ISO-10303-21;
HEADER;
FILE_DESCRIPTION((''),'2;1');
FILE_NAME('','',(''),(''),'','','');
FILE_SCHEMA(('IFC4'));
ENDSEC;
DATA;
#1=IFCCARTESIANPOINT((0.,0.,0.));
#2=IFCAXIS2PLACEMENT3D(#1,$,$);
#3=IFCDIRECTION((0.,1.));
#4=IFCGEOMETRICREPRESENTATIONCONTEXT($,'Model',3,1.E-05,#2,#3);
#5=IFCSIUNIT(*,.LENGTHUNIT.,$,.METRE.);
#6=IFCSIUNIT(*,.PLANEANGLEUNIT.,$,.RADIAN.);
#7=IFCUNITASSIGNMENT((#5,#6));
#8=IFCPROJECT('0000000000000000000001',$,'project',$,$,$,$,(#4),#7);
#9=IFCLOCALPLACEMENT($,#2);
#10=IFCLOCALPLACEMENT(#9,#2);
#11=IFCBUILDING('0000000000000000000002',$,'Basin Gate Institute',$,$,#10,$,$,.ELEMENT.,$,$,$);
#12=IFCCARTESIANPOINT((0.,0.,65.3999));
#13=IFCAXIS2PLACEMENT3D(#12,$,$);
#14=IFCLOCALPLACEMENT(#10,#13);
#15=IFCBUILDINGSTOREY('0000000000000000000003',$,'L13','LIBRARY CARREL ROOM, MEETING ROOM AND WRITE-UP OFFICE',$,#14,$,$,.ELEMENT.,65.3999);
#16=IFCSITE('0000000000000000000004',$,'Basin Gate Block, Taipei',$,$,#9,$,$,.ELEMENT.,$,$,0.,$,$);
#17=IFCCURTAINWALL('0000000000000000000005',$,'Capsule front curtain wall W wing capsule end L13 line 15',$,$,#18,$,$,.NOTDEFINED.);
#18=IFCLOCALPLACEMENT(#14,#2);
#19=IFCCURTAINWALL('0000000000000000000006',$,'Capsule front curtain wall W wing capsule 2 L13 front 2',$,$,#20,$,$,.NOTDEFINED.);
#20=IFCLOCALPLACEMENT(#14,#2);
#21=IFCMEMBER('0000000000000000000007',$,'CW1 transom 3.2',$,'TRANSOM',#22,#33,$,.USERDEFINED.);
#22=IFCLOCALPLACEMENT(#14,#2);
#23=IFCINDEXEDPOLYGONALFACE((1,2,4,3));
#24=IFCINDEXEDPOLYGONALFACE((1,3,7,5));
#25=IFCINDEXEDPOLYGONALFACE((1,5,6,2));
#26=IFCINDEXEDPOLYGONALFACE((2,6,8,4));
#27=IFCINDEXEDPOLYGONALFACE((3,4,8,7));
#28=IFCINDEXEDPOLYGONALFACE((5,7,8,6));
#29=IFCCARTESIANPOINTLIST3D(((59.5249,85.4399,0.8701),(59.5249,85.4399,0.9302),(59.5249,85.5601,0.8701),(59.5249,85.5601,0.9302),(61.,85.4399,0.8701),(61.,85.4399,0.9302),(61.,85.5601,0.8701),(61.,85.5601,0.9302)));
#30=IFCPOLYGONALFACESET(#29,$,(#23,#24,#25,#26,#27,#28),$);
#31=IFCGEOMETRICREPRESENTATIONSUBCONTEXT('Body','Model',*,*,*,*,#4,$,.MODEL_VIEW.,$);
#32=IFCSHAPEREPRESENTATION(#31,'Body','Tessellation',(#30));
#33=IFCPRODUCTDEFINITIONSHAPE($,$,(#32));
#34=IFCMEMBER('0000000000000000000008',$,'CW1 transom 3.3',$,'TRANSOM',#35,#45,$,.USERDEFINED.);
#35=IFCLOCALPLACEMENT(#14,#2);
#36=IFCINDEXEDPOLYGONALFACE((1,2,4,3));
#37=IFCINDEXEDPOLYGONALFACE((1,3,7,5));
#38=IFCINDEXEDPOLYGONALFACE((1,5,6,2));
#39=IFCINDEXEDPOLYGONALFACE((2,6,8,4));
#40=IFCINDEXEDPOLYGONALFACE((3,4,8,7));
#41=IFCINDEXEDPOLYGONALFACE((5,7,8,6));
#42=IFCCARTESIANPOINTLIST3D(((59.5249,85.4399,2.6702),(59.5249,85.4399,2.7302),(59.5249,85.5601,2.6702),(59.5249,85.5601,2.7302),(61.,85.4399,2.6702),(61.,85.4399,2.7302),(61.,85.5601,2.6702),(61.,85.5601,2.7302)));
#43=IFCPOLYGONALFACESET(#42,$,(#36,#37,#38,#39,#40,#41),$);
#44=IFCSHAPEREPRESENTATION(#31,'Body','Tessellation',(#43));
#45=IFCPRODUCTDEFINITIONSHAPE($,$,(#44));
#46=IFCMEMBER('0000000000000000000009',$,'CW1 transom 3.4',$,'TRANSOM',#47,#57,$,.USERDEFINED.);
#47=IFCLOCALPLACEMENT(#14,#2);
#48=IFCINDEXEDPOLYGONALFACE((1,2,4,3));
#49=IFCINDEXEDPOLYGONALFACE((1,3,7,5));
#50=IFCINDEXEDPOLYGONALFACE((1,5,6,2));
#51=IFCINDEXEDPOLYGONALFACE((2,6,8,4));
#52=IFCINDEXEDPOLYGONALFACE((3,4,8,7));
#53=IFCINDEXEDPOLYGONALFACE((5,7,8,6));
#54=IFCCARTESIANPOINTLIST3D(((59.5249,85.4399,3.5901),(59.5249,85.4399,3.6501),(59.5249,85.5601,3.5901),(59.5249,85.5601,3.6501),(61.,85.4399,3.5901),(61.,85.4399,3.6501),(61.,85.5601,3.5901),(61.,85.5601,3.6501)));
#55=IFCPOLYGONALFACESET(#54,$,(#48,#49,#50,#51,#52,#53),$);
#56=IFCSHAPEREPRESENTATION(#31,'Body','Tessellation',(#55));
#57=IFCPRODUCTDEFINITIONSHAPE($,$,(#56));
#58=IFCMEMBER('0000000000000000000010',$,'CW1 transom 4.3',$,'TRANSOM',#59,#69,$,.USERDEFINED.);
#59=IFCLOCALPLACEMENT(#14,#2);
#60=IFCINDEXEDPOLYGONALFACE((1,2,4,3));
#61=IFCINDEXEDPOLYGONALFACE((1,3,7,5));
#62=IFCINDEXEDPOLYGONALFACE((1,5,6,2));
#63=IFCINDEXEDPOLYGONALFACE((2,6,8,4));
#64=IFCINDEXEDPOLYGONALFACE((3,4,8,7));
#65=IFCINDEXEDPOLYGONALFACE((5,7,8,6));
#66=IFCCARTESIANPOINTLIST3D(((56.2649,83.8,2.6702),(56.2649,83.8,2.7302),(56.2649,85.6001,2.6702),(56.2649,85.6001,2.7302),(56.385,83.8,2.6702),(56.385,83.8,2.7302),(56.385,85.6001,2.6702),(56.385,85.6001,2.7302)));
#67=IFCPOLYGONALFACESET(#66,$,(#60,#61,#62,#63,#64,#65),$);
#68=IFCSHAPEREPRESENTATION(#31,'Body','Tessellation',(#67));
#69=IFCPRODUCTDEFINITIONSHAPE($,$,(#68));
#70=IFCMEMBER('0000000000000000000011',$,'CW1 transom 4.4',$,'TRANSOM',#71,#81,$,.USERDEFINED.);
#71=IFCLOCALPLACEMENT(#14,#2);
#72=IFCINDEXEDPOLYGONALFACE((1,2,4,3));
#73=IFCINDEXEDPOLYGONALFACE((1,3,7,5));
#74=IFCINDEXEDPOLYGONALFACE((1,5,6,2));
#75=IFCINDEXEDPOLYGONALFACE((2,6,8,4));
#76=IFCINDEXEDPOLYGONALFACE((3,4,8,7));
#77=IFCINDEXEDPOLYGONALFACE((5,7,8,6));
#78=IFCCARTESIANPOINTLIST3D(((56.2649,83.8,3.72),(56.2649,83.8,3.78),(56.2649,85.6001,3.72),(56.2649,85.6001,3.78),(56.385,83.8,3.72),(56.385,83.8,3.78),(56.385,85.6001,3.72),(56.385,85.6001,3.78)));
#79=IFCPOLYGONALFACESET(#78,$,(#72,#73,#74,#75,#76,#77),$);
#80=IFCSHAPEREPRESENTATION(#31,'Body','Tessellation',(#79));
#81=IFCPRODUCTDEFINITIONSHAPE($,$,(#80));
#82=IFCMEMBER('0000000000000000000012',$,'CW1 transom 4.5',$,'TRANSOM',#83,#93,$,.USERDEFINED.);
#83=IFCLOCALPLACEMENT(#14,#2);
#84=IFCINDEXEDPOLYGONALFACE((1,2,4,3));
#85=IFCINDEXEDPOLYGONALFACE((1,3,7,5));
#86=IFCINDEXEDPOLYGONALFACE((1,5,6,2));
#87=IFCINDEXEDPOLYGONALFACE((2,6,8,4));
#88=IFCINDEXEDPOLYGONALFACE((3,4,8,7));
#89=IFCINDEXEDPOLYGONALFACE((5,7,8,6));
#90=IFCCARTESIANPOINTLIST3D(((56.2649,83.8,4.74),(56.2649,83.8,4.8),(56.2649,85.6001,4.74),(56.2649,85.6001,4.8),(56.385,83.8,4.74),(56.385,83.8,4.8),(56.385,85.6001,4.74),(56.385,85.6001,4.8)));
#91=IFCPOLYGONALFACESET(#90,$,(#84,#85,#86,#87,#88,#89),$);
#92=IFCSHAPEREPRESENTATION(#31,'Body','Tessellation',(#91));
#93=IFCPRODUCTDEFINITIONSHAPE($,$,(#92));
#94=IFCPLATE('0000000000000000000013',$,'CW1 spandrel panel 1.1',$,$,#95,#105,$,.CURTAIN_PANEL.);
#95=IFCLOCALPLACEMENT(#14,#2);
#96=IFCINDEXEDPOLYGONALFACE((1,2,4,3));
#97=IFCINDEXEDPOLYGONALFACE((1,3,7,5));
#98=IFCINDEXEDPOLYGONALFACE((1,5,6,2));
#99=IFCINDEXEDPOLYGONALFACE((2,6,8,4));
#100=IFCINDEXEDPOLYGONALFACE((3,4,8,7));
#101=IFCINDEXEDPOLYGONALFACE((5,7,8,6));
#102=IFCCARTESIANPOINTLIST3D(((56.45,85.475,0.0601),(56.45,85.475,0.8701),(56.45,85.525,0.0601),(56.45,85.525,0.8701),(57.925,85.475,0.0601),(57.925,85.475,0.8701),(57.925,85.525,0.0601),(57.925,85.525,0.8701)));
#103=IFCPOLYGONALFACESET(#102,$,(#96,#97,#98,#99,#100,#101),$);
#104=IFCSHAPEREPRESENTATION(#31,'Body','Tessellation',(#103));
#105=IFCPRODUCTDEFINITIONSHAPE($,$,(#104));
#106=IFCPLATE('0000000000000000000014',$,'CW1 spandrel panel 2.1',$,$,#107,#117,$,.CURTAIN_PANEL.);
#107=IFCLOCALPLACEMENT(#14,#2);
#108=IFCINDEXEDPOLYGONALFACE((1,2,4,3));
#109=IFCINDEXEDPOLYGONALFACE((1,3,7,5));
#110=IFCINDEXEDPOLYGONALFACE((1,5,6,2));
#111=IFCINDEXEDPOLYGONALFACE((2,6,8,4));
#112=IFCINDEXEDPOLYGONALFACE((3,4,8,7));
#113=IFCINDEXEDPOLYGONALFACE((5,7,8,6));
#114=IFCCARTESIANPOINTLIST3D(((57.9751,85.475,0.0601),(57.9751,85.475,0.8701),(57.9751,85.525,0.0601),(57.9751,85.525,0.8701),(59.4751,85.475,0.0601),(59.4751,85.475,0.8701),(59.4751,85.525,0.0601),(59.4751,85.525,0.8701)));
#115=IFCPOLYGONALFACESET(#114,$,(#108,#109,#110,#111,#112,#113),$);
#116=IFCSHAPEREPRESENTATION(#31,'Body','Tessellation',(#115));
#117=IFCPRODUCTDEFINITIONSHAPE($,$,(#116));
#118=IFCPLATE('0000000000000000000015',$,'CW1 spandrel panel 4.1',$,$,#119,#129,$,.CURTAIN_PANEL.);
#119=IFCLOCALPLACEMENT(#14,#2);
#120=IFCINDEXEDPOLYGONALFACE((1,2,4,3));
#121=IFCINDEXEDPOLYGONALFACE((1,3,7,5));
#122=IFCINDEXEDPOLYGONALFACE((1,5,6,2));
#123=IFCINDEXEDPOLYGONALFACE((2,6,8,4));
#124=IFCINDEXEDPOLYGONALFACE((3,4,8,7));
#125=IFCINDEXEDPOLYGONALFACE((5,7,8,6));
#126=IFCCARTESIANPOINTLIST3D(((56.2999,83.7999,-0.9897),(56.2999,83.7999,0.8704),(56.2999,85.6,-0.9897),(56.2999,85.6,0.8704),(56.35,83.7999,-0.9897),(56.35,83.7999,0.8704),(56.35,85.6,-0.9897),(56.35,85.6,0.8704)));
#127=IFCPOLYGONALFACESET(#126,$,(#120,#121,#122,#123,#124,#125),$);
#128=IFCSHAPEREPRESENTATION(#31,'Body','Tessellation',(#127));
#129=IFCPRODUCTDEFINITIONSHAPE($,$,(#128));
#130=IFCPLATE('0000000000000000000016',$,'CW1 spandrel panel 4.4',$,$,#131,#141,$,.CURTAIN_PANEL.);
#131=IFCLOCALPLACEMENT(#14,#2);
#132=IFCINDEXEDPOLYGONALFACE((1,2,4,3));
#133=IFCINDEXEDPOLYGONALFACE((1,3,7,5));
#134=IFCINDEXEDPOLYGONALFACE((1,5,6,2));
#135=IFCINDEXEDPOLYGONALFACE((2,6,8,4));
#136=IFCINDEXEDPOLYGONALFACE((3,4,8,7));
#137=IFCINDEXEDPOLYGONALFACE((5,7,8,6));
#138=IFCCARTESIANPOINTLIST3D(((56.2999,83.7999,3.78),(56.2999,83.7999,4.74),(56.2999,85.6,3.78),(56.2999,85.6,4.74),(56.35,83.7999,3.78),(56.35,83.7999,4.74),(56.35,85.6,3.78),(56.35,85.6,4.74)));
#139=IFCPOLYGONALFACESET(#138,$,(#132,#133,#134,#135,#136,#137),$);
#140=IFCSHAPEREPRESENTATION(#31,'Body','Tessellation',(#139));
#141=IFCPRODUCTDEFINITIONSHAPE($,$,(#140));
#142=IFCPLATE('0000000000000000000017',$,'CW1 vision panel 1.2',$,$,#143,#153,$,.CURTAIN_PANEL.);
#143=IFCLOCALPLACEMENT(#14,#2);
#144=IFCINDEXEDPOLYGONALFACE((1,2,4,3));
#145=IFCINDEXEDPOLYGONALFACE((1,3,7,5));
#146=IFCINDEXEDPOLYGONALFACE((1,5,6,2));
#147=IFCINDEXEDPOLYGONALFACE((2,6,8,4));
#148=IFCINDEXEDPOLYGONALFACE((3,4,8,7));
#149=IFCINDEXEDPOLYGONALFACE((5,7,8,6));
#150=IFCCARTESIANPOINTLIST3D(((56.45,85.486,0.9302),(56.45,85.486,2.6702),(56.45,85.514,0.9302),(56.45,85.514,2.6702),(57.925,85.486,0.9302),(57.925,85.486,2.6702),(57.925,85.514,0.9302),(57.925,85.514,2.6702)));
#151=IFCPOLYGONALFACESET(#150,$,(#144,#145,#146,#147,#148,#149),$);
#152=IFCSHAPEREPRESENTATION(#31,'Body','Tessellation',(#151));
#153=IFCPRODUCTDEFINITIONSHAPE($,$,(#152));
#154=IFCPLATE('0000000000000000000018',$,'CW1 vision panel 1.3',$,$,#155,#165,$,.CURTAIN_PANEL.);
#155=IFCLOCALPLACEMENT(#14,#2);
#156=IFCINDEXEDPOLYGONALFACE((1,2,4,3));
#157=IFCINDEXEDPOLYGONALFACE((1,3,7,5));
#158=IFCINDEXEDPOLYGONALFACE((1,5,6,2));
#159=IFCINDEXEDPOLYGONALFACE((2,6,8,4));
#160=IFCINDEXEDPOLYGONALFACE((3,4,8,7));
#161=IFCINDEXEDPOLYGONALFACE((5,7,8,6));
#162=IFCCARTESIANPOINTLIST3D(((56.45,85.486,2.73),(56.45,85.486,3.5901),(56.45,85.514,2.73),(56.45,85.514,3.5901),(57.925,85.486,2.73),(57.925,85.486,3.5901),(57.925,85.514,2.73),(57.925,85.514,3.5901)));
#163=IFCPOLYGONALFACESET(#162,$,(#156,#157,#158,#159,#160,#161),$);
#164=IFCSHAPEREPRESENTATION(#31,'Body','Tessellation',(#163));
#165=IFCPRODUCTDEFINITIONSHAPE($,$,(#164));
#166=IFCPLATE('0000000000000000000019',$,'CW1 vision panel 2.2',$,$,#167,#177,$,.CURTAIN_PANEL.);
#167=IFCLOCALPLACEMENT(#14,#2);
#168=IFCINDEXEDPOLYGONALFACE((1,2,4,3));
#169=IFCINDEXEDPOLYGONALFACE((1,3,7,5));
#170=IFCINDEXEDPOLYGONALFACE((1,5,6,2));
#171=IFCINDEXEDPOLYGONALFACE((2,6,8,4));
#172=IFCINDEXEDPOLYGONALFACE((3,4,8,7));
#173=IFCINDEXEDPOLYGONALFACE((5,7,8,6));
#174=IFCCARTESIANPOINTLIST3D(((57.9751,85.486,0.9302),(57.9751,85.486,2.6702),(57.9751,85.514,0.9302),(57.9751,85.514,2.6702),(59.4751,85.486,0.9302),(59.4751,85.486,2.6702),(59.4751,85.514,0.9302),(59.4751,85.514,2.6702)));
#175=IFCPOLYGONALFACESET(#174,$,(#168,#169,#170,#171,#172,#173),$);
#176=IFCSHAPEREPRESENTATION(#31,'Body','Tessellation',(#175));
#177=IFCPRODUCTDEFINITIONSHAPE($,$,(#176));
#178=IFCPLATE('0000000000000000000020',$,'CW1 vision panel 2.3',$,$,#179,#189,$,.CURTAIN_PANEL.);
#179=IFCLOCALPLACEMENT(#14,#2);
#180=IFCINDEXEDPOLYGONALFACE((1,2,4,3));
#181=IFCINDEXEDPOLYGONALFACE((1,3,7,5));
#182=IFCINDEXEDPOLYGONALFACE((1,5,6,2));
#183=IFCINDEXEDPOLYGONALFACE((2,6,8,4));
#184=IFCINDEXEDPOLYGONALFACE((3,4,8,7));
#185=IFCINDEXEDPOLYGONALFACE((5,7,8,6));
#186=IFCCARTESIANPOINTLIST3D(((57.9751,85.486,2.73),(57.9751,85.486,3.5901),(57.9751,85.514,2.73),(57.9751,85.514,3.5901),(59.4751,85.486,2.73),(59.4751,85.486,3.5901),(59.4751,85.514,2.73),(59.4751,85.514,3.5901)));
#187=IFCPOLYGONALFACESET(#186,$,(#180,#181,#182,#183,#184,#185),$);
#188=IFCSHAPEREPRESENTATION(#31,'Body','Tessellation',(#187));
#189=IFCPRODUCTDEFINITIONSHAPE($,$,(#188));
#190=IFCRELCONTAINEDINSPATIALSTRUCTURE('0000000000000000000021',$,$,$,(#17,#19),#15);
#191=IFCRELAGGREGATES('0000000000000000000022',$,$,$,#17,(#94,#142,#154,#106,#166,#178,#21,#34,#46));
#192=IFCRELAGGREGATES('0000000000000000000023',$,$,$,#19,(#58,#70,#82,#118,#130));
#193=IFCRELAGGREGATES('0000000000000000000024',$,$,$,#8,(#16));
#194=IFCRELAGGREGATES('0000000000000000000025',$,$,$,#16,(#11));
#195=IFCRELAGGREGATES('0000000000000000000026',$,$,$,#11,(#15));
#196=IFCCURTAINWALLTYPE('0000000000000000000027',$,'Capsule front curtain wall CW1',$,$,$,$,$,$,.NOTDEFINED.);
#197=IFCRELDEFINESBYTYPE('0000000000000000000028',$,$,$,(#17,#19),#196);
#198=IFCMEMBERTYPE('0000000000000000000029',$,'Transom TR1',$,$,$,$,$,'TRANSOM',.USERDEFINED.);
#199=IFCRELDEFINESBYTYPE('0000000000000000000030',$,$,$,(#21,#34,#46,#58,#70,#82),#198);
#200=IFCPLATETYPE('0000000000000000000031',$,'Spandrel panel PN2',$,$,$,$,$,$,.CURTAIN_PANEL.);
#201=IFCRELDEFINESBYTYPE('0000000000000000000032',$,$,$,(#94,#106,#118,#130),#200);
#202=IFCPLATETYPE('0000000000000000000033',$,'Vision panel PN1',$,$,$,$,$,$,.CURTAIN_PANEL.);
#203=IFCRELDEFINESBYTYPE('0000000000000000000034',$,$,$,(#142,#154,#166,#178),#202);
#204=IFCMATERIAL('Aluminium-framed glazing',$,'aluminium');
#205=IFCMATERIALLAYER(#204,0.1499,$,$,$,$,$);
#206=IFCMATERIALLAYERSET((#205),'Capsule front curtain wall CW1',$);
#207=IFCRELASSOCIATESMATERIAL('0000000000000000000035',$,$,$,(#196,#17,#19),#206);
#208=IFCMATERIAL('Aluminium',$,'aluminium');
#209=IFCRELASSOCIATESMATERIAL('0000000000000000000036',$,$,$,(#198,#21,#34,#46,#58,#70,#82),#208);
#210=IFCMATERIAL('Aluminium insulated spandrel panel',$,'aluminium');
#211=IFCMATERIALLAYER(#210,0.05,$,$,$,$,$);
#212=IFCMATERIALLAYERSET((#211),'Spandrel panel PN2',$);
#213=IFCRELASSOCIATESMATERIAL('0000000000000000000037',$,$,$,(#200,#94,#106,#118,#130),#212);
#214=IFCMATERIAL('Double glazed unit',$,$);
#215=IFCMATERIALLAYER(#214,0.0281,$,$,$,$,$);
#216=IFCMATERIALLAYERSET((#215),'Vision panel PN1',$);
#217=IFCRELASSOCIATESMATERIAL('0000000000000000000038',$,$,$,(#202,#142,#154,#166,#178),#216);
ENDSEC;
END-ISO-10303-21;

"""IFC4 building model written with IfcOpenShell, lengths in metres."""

from ifc_helpers import new_model, si_unit, direction, frame, origin, origin_2d, place, context, subcontext, project, spatial, rectangle, extrude, material, layer, layer_set, material_profile, profile_set, type_object, element, aggregate, save


model = new_model("IFC4")

# Units and contexts
model_context = context("Model", 3, precision=1e-05, world=origin(), true_north=direction((0.0, 1.0)))
body_context = subcontext(model_context, "Body", "Model", "MODEL_VIEW")
ifc_project = project(units=[si_unit("LENGTHUNIT", "METRE"), si_unit("PLANEANGLEUNIT", "RADIAN")], contexts=[model_context])

# Site, building, storey
site_placement = place(None, origin())
site = spatial("IfcSite", under=ifc_project, at=site_placement, Name="Basin Gate Block, Taipei", CompositionType="ELEMENT", RefElevation=0.0)
building_placement = place(site_placement, origin())
building = spatial("IfcBuilding", under=site, at=building_placement, Name="Basin Gate Institute", CompositionType="ELEMENT")
storey_placement = place(building_placement, frame((0.0, 0.0, 65.3999)))
storey = spatial("IfcBuildingStorey", under=building, at=storey_placement, Name="L13", Description="LIBRARY CARREL ROOM, MEETING ROOM AND WRITE-UP OFFICE", CompositionType="ELEMENT", Elevation=65.3999)

# Curtain wall
ifc_material_1 = material(Name="Aluminium-framed glazing", Category="aluminium")
ifc_layer_1 = layer(ifc_material_1, 0.1499)
ifc_layer_set_1 = layer_set([ifc_layer_1], Name="Capsule front curtain wall CW1")
curtain_wall_type = type_object("IfcCurtainWallType", Name="Capsule front curtain wall CW1", PredefinedType="NOTDEFINED", material=ifc_layer_set_1)
curtain_wall_1_placement = place(storey_placement, origin())
curtain_wall_1 = element("IfcCurtainWall", 1, at=curtain_wall_1_placement, inside=storey, type_object=curtain_wall_type, material=ifc_layer_set_1, Name="Capsule front curtain wall W wing capsule end L13 line 15", PredefinedType="NOTDEFINED")

# Curtain wall
curtain_wall_2_placement = place(storey_placement, origin())
curtain_wall_2 = element("IfcCurtainWall", 2, at=curtain_wall_2_placement, inside=storey, type_object=curtain_wall_type, material=ifc_layer_set_1, Name="Capsule front curtain wall W wing capsule 2 L13 front 2", PredefinedType="NOTDEFINED")

# Members
ifc_material_2 = material(Name="Aluminium", Category="aluminium")
ifc_material_profile_1 = material_profile(ifc_material_2, rectangle(XDim=0.1201, YDim=0.0601, at=origin_2d()), Name="Transom TR1 120 x 60")
ifc_profile_set_1 = profile_set([ifc_material_profile_1], Name="Aluminium")
member_type_1 = type_object("IfcMemberType", Name="Transom TR1", ElementType="TRANSOM", PredefinedType="USERDEFINED", material=ifc_profile_set_1)
member_1_placement = place(storey_placement, frame((59.5249, 85.5, 0.9001), z_axis=(1.0, 0.0, 0.0), x_axis=(0.0, 1.0, 0.0)))
member_1 = element("IfcMember", 3, at=member_1_placement, type_object=member_type_1, material=ifc_profile_set_1, Name="CW1 transom 3.2", ObjectType="TRANSOM", PredefinedType="USERDEFINED", context=body_context, shape_type="SweptSolid", body=[
    extrude(rectangle(XDim=0.1201, YDim=0.0601, at=origin_2d()), origin(), (0.0, 0.0, 1.0), 1.4751),
])
member_2_placement = place(storey_placement, frame((59.5249, 85.5, 2.7002), z_axis=(1.0, 0.0, 0.0), x_axis=(0.0, 1.0, 0.0)))
member_2 = element("IfcMember", 4, at=member_2_placement, type_object=member_type_1, material=ifc_profile_set_1, Name="CW1 transom 3.3", ObjectType="TRANSOM", PredefinedType="USERDEFINED", context=body_context, shape_type="SweptSolid", body=[
    extrude(rectangle(XDim=0.1201, YDim=0.0601, at=origin_2d()), origin(), (0.0, 0.0, 1.0), 1.4751),
])
member_3_placement = place(storey_placement, frame((59.5249, 85.5, 3.6201), z_axis=(1.0, 0.0, 0.0), x_axis=(0.0, 1.0, 0.0)))
member_3 = element("IfcMember", 5, at=member_3_placement, type_object=member_type_1, material=ifc_profile_set_1, Name="CW1 transom 3.4", ObjectType="TRANSOM", PredefinedType="USERDEFINED", context=body_context, shape_type="SweptSolid", body=[
    extrude(rectangle(XDim=0.1201, YDim=0.0601, at=origin_2d()), origin(), (0.0, 0.0, 1.0), 1.4751),
])
member_4_placement = place(storey_placement, frame((56.325, 83.8, 2.7002), z_axis=(0.0, 1.0, 0.0), x_axis=(-1.0, 0.0, 0.0)))
member_4 = element("IfcMember", 6, at=member_4_placement, type_object=member_type_1, material=ifc_profile_set_1, Name="CW1 transom 4.3", ObjectType="TRANSOM", PredefinedType="USERDEFINED", context=body_context, shape_type="SweptSolid", body=[
    extrude(rectangle(XDim=0.1201, YDim=0.0601, at=origin_2d()), origin(), (0.0, 0.0, 1.0), 1.8),
])
member_5_placement = place(storey_placement, frame((56.325, 83.8, 3.75), z_axis=(0.0, 1.0, 0.0), x_axis=(-1.0, 0.0, 0.0)))
member_5 = element("IfcMember", 7, at=member_5_placement, type_object=member_type_1, material=ifc_profile_set_1, Name="CW1 transom 4.4", ObjectType="TRANSOM", PredefinedType="USERDEFINED", context=body_context, shape_type="SweptSolid", body=[
    extrude(rectangle(XDim=0.1201, YDim=0.0601, at=origin_2d()), origin(), (0.0, 0.0, 1.0), 1.8),
])
member_6_placement = place(storey_placement, frame((56.325, 83.8, 4.77), z_axis=(0.0, 1.0, 0.0), x_axis=(-1.0, 0.0, 0.0)))
member_6 = element("IfcMember", 8, at=member_6_placement, type_object=member_type_1, material=ifc_profile_set_1, Name="CW1 transom 4.5", ObjectType="TRANSOM", PredefinedType="USERDEFINED", context=body_context, shape_type="SweptSolid", body=[
    extrude(rectangle(XDim=0.1201, YDim=0.0601, at=origin_2d()), origin(), (0.0, 0.0, 1.0), 1.8),
])

# Plates
ifc_material_3 = material(Name="Aluminium insulated spandrel panel", Category="aluminium")
ifc_layer_2 = layer(ifc_material_3, 0.05)
ifc_layer_set_2 = layer_set([ifc_layer_2], Name="Spandrel panel PN2")
plate_type_1 = type_object("IfcPlateType", Name="Spandrel panel PN2", PredefinedType="CURTAIN_PANEL", material=ifc_layer_set_2)
plate_1_placement = place(storey_placement, frame((57.1875, 85.5, 0.0601), z_axis=(0.0, 0.0, 1.0), x_axis=(1.0, 0.0, 0.0)))
plate_1 = element("IfcPlate", 9, at=plate_1_placement, type_object=plate_type_1, material=ifc_layer_set_2, Name="CW1 spandrel panel 1.1", PredefinedType="CURTAIN_PANEL", context=body_context, shape_type="SweptSolid", body=[
    extrude(rectangle(XDim=1.4751, YDim=0.05, at=origin_2d()), origin(), (0.0, 0.0, 1.0), 0.8101),
])
plate_2_placement = place(storey_placement, frame((58.7251, 85.5, 0.0601), z_axis=(0.0, 0.0, 1.0), x_axis=(1.0, 0.0, 0.0)))
plate_2 = element("IfcPlate", 10, at=plate_2_placement, type_object=plate_type_1, material=ifc_layer_set_2, Name="CW1 spandrel panel 2.1", PredefinedType="CURTAIN_PANEL", context=body_context, shape_type="SweptSolid", body=[
    extrude(rectangle(XDim=1.5, YDim=0.05, at=origin_2d()), origin(), (0.0, 0.0, 1.0), 0.8101),
])
plate_3_placement = place(storey_placement, frame((56.325, 84.7, -0.9897), z_axis=(0.0, 0.0, 1.0), x_axis=(0.0, 1.0, 0.0)))
plate_3 = element("IfcPlate", 11, at=plate_3_placement, type_object=plate_type_1, material=ifc_layer_set_2, Name="CW1 spandrel panel 4.1", PredefinedType="CURTAIN_PANEL", context=body_context, shape_type="SweptSolid", body=[
    extrude(rectangle(XDim=1.8, YDim=0.05, at=origin_2d()), origin(), (0.0, 0.0, 1.0), 1.8601),
])
plate_4_placement = place(storey_placement, frame((56.325, 84.7, 3.78), z_axis=(0.0, 0.0, 1.0), x_axis=(0.0, 1.0, 0.0)))
plate_4 = element("IfcPlate", 12, at=plate_4_placement, type_object=plate_type_1, material=ifc_layer_set_2, Name="CW1 spandrel panel 4.4", PredefinedType="CURTAIN_PANEL", context=body_context, shape_type="SweptSolid", body=[
    extrude(rectangle(XDim=1.8, YDim=0.05, at=origin_2d()), origin(), (0.0, 0.0, 1.0), 0.96),
])
ifc_material_4 = material(Name="Double glazed unit")
ifc_layer_3 = layer(ifc_material_4, 0.0281)
ifc_layer_set_3 = layer_set([ifc_layer_3], Name="Vision panel PN1")
plate_type_2 = type_object("IfcPlateType", Name="Vision panel PN1", PredefinedType="CURTAIN_PANEL", material=ifc_layer_set_3)
plate_5_placement = place(storey_placement, frame((57.1875, 85.5, 0.9302), z_axis=(0.0, 0.0, 1.0), x_axis=(1.0, 0.0, 0.0)))
plate_5 = element("IfcPlate", 13, at=plate_5_placement, type_object=plate_type_2, material=ifc_layer_set_3, Name="CW1 vision panel 1.2", PredefinedType="CURTAIN_PANEL", context=body_context, shape_type="SweptSolid", body=[
    extrude(rectangle(XDim=1.4751, YDim=0.0281, at=origin_2d()), origin(), (0.0, 0.0, 1.0), 1.74),
])
plate_6_placement = place(storey_placement, frame((57.1875, 85.5, 2.73), z_axis=(0.0, 0.0, 1.0), x_axis=(1.0, 0.0, 0.0)))
plate_6 = element("IfcPlate", 14, at=plate_6_placement, type_object=plate_type_2, material=ifc_layer_set_3, Name="CW1 vision panel 1.3", PredefinedType="CURTAIN_PANEL", context=body_context, shape_type="SweptSolid", body=[
    extrude(rectangle(XDim=1.4751, YDim=0.0281, at=origin_2d()), origin(), (0.0, 0.0, 1.0), 0.8601),
])
plate_7_placement = place(storey_placement, frame((58.7251, 85.5, 0.9302), z_axis=(0.0, 0.0, 1.0), x_axis=(1.0, 0.0, 0.0)))
plate_7 = element("IfcPlate", 15, at=plate_7_placement, type_object=plate_type_2, material=ifc_layer_set_3, Name="CW1 vision panel 2.2", PredefinedType="CURTAIN_PANEL", context=body_context, shape_type="SweptSolid", body=[
    extrude(rectangle(XDim=1.5, YDim=0.0281, at=origin_2d()), origin(), (0.0, 0.0, 1.0), 1.74),
])
plate_8_placement = place(storey_placement, frame((58.7251, 85.5, 2.73), z_axis=(0.0, 0.0, 1.0), x_axis=(1.0, 0.0, 0.0)))
plate_8 = element("IfcPlate", 16, at=plate_8_placement, type_object=plate_type_2, material=ifc_layer_set_3, Name="CW1 vision panel 2.3", PredefinedType="CURTAIN_PANEL", context=body_context, shape_type="SweptSolid", body=[
    extrude(rectangle(XDim=1.5, YDim=0.0281, at=origin_2d()), origin(), (0.0, 0.0, 1.0), 0.8601),
])
aggregate(curtain_wall_1, [plate_1, plate_5, plate_6, plate_2, plate_7, plate_8, member_1, member_2, member_3])
aggregate(curtain_wall_2, [member_4, member_5, member_6, plate_3, plate_4])

save(model, "model.ifc")
